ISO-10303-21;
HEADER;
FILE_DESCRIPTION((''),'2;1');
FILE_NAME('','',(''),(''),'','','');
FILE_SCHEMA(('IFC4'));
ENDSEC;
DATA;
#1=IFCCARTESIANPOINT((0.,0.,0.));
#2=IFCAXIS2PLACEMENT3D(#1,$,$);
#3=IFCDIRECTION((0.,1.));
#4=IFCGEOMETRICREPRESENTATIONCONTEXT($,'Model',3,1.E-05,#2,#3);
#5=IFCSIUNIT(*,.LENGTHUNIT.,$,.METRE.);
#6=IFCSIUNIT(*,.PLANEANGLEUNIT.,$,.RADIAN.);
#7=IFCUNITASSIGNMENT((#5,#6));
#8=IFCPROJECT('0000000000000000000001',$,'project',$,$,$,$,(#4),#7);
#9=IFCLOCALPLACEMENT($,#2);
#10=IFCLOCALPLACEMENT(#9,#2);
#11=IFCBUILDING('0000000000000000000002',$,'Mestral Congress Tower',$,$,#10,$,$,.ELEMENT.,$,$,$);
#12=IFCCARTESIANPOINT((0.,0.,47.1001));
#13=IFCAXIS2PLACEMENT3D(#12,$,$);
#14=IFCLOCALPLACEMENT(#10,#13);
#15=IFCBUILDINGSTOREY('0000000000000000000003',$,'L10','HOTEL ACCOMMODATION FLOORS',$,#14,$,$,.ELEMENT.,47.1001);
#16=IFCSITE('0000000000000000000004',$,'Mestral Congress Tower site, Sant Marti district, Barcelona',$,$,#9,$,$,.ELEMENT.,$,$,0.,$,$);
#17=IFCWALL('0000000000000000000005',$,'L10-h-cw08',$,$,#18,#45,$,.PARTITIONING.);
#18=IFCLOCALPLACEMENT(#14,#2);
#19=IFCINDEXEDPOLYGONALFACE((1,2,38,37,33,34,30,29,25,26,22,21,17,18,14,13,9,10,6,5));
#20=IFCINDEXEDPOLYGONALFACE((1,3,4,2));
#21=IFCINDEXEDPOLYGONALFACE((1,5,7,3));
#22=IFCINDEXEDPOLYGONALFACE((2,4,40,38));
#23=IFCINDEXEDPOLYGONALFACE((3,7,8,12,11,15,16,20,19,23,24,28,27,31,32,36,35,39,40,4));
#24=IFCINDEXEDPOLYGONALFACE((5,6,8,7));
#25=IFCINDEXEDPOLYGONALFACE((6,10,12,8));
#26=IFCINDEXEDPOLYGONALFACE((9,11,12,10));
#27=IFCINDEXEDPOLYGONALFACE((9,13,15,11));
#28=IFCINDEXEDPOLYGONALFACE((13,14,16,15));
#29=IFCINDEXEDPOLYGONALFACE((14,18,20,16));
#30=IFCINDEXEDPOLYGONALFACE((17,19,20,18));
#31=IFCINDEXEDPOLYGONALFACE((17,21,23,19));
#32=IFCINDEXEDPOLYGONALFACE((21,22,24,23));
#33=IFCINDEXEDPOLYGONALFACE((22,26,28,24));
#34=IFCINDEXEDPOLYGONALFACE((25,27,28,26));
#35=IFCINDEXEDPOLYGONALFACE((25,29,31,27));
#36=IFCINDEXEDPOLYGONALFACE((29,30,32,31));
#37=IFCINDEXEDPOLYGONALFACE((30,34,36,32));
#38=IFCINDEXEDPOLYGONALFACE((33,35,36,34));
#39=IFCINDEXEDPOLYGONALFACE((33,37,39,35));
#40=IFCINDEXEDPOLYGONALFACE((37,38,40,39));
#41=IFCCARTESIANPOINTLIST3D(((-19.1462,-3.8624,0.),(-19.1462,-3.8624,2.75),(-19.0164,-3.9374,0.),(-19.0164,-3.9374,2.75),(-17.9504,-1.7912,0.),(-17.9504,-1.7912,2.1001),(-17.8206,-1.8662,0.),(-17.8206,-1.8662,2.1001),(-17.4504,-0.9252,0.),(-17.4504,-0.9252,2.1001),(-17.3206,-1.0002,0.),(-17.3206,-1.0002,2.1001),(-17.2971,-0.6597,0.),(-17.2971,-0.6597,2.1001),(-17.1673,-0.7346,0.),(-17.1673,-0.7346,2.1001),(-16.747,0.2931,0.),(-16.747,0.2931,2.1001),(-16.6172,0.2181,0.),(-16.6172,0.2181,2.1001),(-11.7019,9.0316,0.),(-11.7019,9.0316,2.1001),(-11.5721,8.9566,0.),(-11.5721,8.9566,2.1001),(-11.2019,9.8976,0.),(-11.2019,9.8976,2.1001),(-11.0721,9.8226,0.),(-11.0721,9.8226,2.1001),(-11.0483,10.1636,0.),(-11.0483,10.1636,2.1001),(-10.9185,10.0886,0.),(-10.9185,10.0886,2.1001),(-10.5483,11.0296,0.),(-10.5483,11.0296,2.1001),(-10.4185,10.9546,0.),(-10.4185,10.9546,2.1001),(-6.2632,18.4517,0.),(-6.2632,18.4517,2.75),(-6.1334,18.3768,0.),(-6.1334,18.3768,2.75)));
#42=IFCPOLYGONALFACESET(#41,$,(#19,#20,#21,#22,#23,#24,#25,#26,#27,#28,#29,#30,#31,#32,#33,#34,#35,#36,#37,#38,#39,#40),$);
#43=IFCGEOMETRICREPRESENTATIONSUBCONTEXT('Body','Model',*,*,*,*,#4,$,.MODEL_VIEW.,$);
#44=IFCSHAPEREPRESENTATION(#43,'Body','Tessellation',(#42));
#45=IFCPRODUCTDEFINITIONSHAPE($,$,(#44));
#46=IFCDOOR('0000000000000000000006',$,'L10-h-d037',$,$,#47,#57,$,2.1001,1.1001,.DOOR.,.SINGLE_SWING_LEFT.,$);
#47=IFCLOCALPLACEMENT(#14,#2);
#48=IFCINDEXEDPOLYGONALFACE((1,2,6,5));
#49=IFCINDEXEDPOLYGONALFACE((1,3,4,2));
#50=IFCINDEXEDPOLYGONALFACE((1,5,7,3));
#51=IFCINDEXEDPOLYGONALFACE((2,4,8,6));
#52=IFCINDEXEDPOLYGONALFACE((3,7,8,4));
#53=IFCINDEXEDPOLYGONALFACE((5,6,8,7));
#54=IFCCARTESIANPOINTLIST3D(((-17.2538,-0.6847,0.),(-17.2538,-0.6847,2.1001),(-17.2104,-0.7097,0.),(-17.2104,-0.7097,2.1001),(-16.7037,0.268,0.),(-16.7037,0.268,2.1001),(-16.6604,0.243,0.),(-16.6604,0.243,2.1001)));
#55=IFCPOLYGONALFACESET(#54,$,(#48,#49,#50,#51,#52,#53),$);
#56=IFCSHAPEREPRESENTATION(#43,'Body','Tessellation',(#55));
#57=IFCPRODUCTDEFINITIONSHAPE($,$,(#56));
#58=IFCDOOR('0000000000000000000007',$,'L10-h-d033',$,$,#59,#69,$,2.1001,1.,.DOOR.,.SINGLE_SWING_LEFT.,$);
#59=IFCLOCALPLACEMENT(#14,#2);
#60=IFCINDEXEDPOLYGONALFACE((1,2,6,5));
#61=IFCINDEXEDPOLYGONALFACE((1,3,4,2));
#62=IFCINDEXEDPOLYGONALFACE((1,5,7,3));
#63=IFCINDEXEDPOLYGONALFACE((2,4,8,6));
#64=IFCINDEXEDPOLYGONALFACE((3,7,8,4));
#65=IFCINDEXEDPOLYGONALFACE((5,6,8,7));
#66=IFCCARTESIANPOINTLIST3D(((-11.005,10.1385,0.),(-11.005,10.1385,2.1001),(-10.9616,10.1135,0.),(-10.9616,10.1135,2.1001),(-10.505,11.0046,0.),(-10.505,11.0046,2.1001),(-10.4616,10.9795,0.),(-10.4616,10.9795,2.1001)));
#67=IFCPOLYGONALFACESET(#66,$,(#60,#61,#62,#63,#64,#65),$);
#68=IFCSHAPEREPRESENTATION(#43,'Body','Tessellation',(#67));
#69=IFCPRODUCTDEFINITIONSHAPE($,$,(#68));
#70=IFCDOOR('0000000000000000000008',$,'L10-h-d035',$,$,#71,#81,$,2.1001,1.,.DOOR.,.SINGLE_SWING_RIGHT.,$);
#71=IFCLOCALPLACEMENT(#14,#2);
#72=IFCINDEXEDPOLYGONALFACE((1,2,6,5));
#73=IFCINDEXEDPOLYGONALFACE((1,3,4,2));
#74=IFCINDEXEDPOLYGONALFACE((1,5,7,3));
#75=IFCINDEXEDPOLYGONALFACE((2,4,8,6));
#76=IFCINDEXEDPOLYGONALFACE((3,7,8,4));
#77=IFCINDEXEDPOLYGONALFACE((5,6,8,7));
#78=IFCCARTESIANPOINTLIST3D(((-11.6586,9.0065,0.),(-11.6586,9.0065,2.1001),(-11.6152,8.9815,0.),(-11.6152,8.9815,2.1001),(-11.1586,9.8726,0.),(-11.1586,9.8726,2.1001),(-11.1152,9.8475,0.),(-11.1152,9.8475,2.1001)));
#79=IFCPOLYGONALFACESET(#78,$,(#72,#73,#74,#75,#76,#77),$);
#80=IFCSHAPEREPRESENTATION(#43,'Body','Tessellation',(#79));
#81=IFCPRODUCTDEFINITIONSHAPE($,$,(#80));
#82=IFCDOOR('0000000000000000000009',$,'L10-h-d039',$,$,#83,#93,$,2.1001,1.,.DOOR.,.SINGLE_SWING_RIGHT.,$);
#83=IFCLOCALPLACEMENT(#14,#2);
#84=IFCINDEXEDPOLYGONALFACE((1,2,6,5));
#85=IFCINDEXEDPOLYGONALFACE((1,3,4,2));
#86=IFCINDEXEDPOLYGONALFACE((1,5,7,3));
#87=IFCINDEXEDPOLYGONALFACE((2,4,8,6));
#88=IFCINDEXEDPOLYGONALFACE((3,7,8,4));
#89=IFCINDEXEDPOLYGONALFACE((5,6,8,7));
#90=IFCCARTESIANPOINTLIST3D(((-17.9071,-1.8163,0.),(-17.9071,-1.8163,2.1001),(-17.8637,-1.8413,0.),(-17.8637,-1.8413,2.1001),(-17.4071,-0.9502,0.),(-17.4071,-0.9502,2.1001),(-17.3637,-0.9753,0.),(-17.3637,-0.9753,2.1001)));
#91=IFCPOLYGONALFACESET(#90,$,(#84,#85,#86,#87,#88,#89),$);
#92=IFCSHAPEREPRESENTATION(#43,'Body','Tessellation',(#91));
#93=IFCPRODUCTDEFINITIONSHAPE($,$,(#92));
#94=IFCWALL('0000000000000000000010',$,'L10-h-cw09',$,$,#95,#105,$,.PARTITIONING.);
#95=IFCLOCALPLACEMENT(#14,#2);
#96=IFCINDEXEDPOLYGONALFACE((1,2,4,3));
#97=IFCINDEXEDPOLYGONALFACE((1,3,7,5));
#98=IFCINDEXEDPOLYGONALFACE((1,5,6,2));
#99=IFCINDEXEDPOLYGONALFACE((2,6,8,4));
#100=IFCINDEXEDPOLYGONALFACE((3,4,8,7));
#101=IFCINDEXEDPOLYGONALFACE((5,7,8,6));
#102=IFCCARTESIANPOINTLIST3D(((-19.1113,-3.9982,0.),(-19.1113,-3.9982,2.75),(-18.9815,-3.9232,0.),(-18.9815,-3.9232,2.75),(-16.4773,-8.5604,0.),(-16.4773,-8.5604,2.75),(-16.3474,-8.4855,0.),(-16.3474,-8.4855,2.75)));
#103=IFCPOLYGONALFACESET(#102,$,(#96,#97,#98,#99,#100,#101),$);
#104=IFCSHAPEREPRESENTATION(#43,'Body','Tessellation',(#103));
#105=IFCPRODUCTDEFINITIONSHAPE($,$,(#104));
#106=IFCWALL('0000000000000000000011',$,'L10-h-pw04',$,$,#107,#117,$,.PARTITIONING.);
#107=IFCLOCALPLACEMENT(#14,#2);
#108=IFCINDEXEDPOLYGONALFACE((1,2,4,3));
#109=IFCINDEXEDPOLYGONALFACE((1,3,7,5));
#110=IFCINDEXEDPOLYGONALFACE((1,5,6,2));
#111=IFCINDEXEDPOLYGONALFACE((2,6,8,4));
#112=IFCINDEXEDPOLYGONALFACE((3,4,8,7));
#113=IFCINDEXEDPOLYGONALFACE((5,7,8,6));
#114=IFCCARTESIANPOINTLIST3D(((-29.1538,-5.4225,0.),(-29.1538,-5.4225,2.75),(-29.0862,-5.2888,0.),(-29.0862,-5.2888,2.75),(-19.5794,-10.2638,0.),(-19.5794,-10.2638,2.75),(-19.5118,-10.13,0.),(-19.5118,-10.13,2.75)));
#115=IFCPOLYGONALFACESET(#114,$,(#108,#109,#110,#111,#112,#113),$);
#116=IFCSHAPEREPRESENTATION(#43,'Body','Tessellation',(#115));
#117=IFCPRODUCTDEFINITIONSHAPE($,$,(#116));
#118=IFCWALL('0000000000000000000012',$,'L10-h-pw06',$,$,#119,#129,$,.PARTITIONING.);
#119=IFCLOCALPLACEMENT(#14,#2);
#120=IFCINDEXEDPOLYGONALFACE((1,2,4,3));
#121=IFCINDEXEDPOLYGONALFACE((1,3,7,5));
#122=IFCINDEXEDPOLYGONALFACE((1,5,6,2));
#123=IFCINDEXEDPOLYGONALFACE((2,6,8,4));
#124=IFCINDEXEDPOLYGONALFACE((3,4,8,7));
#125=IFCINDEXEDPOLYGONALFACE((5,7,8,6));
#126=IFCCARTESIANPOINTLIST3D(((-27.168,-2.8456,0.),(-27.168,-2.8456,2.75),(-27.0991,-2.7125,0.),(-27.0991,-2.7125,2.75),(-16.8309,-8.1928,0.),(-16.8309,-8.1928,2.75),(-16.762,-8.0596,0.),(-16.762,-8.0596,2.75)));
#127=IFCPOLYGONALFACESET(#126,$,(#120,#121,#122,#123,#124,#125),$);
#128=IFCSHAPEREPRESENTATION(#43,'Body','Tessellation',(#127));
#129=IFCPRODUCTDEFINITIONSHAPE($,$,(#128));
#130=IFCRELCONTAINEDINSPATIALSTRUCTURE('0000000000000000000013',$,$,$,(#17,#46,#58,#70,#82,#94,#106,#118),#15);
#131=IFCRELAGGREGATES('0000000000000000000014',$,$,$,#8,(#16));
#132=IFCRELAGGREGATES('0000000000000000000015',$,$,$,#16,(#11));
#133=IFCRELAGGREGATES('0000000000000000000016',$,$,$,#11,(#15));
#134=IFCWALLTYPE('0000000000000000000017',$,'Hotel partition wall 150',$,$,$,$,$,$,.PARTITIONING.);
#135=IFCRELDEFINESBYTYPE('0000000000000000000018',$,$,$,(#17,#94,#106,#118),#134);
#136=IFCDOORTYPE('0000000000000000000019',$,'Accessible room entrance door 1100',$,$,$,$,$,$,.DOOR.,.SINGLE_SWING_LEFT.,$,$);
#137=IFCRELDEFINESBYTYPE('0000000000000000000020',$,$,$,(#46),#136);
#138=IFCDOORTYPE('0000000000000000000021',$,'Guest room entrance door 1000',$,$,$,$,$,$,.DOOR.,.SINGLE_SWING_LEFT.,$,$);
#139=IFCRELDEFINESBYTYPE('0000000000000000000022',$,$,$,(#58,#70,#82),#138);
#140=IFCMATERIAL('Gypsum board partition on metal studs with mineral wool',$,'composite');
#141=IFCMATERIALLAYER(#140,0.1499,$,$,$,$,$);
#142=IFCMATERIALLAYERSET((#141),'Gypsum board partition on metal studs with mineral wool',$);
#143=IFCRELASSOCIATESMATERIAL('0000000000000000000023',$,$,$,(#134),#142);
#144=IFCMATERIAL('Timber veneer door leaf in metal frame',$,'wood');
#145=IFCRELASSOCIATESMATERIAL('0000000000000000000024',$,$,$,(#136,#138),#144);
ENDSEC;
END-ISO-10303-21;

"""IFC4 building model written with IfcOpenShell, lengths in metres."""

from ifc_helpers import new_model, si_unit, direction, frame, frame_2d, origin, place, context, subcontext, project, spatial, rectangle, extrude, material, layer, layer_set, type_object, element, fill, save


model = new_model("IFC4")

# Units and contexts
model_context = context("Model", 3, precision=1e-05, world=origin(), true_north=direction((0.0, 1.0)))
body_context = subcontext(model_context, "Body", "Model", "MODEL_VIEW")
ifc_project = project(units=[si_unit("LENGTHUNIT", "METRE"), si_unit("PLANEANGLEUNIT", "RADIAN")], contexts=[model_context])

# Site, building, storey
site_placement = place(None, origin())
site = spatial("IfcSite", under=ifc_project, at=site_placement, Name="Mestral Congress Tower site, Sant Marti district, Barcelona", CompositionType="ELEMENT", RefElevation=0.0)
building_placement = place(site_placement, origin())
building = spatial("IfcBuilding", under=site, at=building_placement, Name="Mestral Congress Tower", CompositionType="ELEMENT")
storey_placement = place(building_placement, frame((0.0, 0.0, 47.1001)))
storey = spatial("IfcBuildingStorey", under=building, at=storey_placement, Name="L10", Description="HOTEL ACCOMMODATION FLOORS", CompositionType="ELEMENT", Elevation=47.1001)

# Shared definitions
ifc_material_1 = material(Name="Gypsum board partition on metal studs with mineral wool", Category="composite")

# Wall, openings, doors
ifc_layer_1 = layer(ifc_material_1, 0.1499)
ifc_layer_set_1 = layer_set([ifc_layer_1], Name="Gypsum board partition on metal studs with mineral wool")
wall_type_1 = type_object("IfcWallType", Name="Hotel partition wall 150", PredefinedType="PARTITIONING", material=ifc_layer_set_1)
wall_1_placement = place(storey_placement, frame((-19.0813, -3.8999, 0.0), z_axis=(0.0, 0.0, 1.0), x_axis=(0.499998, 0.866026, 0.0)))
wall_1 = element("IfcWall", 1, at=wall_1_placement, inside=storey, type_object=wall_type_1, Name="L10-h-cw08", PredefinedType="PARTITIONING", context=body_context, shape_type="SweptSolid", body=[
    extrude(rectangle(XDim=25.7661, YDim=0.1499, at=frame_2d((12.8831, 0.0))), origin(), (0.0, 0.0, 1.0), 2.75),
])
opening_1_placement = place(wall_1_placement, frame((16.1958, 0.0, 0.0)))
opening_1 = element("IfcOpeningElement", 2, at=opening_1_placement, cuts=wall_1, PredefinedType="OPENING", context=body_context, shape_type="SweptSolid", body=[
    extrude(rectangle(XDim=1.0, YDim=2.1001, at=frame_2d((0.5, 1.05))), frame((0.0, 0.085, 0.0), z_axis=(0.0, -1.0, 0.0), x_axis=(1.0, 0.0, 0.0)), (0.0, 0.0, 1.0), 0.1699),
])
opening_2_placement = place(wall_1_placement, frame((14.8887, 0.0, 0.0)))
opening_2 = element("IfcOpeningElement", 3, at=opening_2_placement, cuts=wall_1, PredefinedType="OPENING", context=body_context, shape_type="SweptSolid", body=[
    extrude(rectangle(XDim=1.0, YDim=2.1001, at=frame_2d((0.5, 1.05))), frame((0.0, 0.085, 0.0), z_axis=(0.0, -1.0, 0.0), x_axis=(1.0, 0.0, 0.0)), (0.0, 0.0, 1.0), 0.1699),
])
opening_3_placement = place(wall_1_placement, frame((3.6982, 0.0, 0.0)))
opening_3 = element("IfcOpeningElement", 4, at=opening_3_placement, cuts=wall_1, PredefinedType="OPENING", context=body_context, shape_type="SweptSolid", body=[
    extrude(rectangle(XDim=1.1001, YDim=2.1001, at=frame_2d((0.55, 1.05))), frame((0.0, 0.085, 0.0), z_axis=(0.0, -1.0, 0.0), x_axis=(1.0, 0.0, 0.0)), (0.0, 0.0, 1.0), 0.1699),
])
opening_4_placement = place(wall_1_placement, frame((2.3916, 0.0, 0.0)))
opening_4 = element("IfcOpeningElement", 5, at=opening_4_placement, cuts=wall_1, PredefinedType="OPENING", context=body_context, shape_type="SweptSolid", body=[
    extrude(rectangle(XDim=1.0, YDim=2.1001, at=frame_2d((0.5, 1.05))), frame((0.0, 0.085, 0.0), z_axis=(0.0, -1.0, 0.0), x_axis=(1.0, 0.0, 0.0)), (0.0, 0.0, 1.0), 0.1699),
])
ifc_material_2 = material(Name="Timber veneer door leaf in metal frame", Category="wood")
door_type_1 = type_object("IfcDoorType", Name="Accessible room entrance door 1100", OperationType="SINGLE_SWING_LEFT", PredefinedType="DOOR", material=ifc_material_2)
door_1_placement = place(opening_3_placement, origin())
door_1 = element("IfcDoor", 6, at=door_1_placement, inside=storey, type_object=door_type_1, Name="L10-h-d037", OperationType="SINGLE_SWING_LEFT", OverallHeight=2.1001, OverallWidth=1.1001, PredefinedType="DOOR", context=body_context, shape_type="SweptSolid", body=[
    extrude(rectangle(XDim=1.1001, YDim=2.1001, at=frame_2d((0.55, 1.05))), frame((0.0, 0.0249, 0.0), z_axis=(0.0, -1.0, 0.0), x_axis=(1.0, 0.0, 0.0)), (0.0, 0.0, 1.0), 0.05),
])
fill(opening_3, door_1)
door_type_2 = type_object("IfcDoorType", Name="Guest room entrance door 1000", OperationType="SINGLE_SWING_LEFT", PredefinedType="DOOR", material=ifc_material_2)
door_2_placement = place(opening_1_placement, origin())
door_2 = element("IfcDoor", 7, at=door_2_placement, inside=storey, type_object=door_type_2, Name="L10-h-d033", OperationType="SINGLE_SWING_LEFT", OverallHeight=2.1001, OverallWidth=1.0, PredefinedType="DOOR", context=body_context, shape_type="SweptSolid", body=[
    extrude(rectangle(XDim=1.0, YDim=2.1001, at=frame_2d((0.5, 1.05))), frame((0.0, 0.0249, 0.0), z_axis=(0.0, -1.0, 0.0), x_axis=(1.0, 0.0, 0.0)), (0.0, 0.0, 1.0), 0.05),
])
fill(opening_1, door_2)
door_3_placement = place(opening_2_placement, origin())
door_3 = element("IfcDoor", 8, at=door_3_placement, inside=storey, type_object=door_type_2, Name="L10-h-d035", OperationType="SINGLE_SWING_RIGHT", OverallHeight=2.1001, OverallWidth=1.0, PredefinedType="DOOR", context=body_context, shape_type="SweptSolid", body=[
    extrude(rectangle(XDim=1.0, YDim=2.1001, at=frame_2d((0.5, 1.05))), frame((0.0, 0.0249, 0.0), z_axis=(0.0, -1.0, 0.0), x_axis=(1.0, 0.0, 0.0)), (0.0, 0.0, 1.0), 0.05),
])
fill(opening_2, door_3)
door_4_placement = place(opening_4_placement, origin())
door_4 = element("IfcDoor", 9, at=door_4_placement, inside=storey, type_object=door_type_2, Name="L10-h-d039", OperationType="SINGLE_SWING_RIGHT", OverallHeight=2.1001, OverallWidth=1.0, PredefinedType="DOOR", context=body_context, shape_type="SweptSolid", body=[
    extrude(rectangle(XDim=1.0, YDim=2.1001, at=frame_2d((0.5, 1.05))), frame((0.0, 0.0249, 0.0), z_axis=(0.0, -1.0, 0.0), x_axis=(1.0, 0.0, 0.0)), (0.0, 0.0, 1.0), 0.05),
])
fill(opening_4, door_4)

# Walls
wall_2_placement = place(storey_placement, frame((-16.4124, -8.5229, 0.0), z_axis=(0.0, 0.0, 1.0), x_axis=(-0.500002, 0.866024, 0.0)))
element("IfcWall", 10, at=wall_2_placement, inside=storey, type_object=wall_type_1, Name="L10-h-cw09", PredefinedType="PARTITIONING", context=body_context, shape_type="SweptSolid", body=[
    extrude(rectangle(XDim=5.2681, YDim=0.1499, at=frame_2d((2.634, 0.0))), origin(), (0.0, 0.0, 1.0), 2.75),
])
wall_3_placement = place(storey_placement, frame((-29.1199, -5.3557, 0.0), z_axis=(0.0, 0.0, 1.0), x_axis=(0.892402, -0.451241, 0.0)))
element("IfcWall", 11, at=wall_3_placement, inside=storey, type_object=wall_type_1, Name="L10-h-pw04", PredefinedType="PARTITIONING", context=body_context, shape_type="SweptSolid", body=[
    extrude(rectangle(XDim=10.7288, YDim=0.1499, at=frame_2d((5.3643, 0.0))), origin(), (0.0, 0.0, 1.0), 2.75),
])
wall_4_placement = place(storey_placement, frame((-27.1335, -2.7791, 0.0), z_axis=(0.0, 0.0, 1.0), x_axis=(0.888205, -0.459447, 0.0)))
element("IfcWall", 12, at=wall_4_placement, inside=storey, type_object=wall_type_1, Name="L10-h-pw06", PredefinedType="PARTITIONING", context=body_context, shape_type="SweptSolid", body=[
    extrude(rectangle(XDim=11.6382, YDim=0.1499, at=frame_2d((5.8191, 0.0))), origin(), (0.0, 0.0, 1.0), 2.75),
])

save(model, "model.ifc")
